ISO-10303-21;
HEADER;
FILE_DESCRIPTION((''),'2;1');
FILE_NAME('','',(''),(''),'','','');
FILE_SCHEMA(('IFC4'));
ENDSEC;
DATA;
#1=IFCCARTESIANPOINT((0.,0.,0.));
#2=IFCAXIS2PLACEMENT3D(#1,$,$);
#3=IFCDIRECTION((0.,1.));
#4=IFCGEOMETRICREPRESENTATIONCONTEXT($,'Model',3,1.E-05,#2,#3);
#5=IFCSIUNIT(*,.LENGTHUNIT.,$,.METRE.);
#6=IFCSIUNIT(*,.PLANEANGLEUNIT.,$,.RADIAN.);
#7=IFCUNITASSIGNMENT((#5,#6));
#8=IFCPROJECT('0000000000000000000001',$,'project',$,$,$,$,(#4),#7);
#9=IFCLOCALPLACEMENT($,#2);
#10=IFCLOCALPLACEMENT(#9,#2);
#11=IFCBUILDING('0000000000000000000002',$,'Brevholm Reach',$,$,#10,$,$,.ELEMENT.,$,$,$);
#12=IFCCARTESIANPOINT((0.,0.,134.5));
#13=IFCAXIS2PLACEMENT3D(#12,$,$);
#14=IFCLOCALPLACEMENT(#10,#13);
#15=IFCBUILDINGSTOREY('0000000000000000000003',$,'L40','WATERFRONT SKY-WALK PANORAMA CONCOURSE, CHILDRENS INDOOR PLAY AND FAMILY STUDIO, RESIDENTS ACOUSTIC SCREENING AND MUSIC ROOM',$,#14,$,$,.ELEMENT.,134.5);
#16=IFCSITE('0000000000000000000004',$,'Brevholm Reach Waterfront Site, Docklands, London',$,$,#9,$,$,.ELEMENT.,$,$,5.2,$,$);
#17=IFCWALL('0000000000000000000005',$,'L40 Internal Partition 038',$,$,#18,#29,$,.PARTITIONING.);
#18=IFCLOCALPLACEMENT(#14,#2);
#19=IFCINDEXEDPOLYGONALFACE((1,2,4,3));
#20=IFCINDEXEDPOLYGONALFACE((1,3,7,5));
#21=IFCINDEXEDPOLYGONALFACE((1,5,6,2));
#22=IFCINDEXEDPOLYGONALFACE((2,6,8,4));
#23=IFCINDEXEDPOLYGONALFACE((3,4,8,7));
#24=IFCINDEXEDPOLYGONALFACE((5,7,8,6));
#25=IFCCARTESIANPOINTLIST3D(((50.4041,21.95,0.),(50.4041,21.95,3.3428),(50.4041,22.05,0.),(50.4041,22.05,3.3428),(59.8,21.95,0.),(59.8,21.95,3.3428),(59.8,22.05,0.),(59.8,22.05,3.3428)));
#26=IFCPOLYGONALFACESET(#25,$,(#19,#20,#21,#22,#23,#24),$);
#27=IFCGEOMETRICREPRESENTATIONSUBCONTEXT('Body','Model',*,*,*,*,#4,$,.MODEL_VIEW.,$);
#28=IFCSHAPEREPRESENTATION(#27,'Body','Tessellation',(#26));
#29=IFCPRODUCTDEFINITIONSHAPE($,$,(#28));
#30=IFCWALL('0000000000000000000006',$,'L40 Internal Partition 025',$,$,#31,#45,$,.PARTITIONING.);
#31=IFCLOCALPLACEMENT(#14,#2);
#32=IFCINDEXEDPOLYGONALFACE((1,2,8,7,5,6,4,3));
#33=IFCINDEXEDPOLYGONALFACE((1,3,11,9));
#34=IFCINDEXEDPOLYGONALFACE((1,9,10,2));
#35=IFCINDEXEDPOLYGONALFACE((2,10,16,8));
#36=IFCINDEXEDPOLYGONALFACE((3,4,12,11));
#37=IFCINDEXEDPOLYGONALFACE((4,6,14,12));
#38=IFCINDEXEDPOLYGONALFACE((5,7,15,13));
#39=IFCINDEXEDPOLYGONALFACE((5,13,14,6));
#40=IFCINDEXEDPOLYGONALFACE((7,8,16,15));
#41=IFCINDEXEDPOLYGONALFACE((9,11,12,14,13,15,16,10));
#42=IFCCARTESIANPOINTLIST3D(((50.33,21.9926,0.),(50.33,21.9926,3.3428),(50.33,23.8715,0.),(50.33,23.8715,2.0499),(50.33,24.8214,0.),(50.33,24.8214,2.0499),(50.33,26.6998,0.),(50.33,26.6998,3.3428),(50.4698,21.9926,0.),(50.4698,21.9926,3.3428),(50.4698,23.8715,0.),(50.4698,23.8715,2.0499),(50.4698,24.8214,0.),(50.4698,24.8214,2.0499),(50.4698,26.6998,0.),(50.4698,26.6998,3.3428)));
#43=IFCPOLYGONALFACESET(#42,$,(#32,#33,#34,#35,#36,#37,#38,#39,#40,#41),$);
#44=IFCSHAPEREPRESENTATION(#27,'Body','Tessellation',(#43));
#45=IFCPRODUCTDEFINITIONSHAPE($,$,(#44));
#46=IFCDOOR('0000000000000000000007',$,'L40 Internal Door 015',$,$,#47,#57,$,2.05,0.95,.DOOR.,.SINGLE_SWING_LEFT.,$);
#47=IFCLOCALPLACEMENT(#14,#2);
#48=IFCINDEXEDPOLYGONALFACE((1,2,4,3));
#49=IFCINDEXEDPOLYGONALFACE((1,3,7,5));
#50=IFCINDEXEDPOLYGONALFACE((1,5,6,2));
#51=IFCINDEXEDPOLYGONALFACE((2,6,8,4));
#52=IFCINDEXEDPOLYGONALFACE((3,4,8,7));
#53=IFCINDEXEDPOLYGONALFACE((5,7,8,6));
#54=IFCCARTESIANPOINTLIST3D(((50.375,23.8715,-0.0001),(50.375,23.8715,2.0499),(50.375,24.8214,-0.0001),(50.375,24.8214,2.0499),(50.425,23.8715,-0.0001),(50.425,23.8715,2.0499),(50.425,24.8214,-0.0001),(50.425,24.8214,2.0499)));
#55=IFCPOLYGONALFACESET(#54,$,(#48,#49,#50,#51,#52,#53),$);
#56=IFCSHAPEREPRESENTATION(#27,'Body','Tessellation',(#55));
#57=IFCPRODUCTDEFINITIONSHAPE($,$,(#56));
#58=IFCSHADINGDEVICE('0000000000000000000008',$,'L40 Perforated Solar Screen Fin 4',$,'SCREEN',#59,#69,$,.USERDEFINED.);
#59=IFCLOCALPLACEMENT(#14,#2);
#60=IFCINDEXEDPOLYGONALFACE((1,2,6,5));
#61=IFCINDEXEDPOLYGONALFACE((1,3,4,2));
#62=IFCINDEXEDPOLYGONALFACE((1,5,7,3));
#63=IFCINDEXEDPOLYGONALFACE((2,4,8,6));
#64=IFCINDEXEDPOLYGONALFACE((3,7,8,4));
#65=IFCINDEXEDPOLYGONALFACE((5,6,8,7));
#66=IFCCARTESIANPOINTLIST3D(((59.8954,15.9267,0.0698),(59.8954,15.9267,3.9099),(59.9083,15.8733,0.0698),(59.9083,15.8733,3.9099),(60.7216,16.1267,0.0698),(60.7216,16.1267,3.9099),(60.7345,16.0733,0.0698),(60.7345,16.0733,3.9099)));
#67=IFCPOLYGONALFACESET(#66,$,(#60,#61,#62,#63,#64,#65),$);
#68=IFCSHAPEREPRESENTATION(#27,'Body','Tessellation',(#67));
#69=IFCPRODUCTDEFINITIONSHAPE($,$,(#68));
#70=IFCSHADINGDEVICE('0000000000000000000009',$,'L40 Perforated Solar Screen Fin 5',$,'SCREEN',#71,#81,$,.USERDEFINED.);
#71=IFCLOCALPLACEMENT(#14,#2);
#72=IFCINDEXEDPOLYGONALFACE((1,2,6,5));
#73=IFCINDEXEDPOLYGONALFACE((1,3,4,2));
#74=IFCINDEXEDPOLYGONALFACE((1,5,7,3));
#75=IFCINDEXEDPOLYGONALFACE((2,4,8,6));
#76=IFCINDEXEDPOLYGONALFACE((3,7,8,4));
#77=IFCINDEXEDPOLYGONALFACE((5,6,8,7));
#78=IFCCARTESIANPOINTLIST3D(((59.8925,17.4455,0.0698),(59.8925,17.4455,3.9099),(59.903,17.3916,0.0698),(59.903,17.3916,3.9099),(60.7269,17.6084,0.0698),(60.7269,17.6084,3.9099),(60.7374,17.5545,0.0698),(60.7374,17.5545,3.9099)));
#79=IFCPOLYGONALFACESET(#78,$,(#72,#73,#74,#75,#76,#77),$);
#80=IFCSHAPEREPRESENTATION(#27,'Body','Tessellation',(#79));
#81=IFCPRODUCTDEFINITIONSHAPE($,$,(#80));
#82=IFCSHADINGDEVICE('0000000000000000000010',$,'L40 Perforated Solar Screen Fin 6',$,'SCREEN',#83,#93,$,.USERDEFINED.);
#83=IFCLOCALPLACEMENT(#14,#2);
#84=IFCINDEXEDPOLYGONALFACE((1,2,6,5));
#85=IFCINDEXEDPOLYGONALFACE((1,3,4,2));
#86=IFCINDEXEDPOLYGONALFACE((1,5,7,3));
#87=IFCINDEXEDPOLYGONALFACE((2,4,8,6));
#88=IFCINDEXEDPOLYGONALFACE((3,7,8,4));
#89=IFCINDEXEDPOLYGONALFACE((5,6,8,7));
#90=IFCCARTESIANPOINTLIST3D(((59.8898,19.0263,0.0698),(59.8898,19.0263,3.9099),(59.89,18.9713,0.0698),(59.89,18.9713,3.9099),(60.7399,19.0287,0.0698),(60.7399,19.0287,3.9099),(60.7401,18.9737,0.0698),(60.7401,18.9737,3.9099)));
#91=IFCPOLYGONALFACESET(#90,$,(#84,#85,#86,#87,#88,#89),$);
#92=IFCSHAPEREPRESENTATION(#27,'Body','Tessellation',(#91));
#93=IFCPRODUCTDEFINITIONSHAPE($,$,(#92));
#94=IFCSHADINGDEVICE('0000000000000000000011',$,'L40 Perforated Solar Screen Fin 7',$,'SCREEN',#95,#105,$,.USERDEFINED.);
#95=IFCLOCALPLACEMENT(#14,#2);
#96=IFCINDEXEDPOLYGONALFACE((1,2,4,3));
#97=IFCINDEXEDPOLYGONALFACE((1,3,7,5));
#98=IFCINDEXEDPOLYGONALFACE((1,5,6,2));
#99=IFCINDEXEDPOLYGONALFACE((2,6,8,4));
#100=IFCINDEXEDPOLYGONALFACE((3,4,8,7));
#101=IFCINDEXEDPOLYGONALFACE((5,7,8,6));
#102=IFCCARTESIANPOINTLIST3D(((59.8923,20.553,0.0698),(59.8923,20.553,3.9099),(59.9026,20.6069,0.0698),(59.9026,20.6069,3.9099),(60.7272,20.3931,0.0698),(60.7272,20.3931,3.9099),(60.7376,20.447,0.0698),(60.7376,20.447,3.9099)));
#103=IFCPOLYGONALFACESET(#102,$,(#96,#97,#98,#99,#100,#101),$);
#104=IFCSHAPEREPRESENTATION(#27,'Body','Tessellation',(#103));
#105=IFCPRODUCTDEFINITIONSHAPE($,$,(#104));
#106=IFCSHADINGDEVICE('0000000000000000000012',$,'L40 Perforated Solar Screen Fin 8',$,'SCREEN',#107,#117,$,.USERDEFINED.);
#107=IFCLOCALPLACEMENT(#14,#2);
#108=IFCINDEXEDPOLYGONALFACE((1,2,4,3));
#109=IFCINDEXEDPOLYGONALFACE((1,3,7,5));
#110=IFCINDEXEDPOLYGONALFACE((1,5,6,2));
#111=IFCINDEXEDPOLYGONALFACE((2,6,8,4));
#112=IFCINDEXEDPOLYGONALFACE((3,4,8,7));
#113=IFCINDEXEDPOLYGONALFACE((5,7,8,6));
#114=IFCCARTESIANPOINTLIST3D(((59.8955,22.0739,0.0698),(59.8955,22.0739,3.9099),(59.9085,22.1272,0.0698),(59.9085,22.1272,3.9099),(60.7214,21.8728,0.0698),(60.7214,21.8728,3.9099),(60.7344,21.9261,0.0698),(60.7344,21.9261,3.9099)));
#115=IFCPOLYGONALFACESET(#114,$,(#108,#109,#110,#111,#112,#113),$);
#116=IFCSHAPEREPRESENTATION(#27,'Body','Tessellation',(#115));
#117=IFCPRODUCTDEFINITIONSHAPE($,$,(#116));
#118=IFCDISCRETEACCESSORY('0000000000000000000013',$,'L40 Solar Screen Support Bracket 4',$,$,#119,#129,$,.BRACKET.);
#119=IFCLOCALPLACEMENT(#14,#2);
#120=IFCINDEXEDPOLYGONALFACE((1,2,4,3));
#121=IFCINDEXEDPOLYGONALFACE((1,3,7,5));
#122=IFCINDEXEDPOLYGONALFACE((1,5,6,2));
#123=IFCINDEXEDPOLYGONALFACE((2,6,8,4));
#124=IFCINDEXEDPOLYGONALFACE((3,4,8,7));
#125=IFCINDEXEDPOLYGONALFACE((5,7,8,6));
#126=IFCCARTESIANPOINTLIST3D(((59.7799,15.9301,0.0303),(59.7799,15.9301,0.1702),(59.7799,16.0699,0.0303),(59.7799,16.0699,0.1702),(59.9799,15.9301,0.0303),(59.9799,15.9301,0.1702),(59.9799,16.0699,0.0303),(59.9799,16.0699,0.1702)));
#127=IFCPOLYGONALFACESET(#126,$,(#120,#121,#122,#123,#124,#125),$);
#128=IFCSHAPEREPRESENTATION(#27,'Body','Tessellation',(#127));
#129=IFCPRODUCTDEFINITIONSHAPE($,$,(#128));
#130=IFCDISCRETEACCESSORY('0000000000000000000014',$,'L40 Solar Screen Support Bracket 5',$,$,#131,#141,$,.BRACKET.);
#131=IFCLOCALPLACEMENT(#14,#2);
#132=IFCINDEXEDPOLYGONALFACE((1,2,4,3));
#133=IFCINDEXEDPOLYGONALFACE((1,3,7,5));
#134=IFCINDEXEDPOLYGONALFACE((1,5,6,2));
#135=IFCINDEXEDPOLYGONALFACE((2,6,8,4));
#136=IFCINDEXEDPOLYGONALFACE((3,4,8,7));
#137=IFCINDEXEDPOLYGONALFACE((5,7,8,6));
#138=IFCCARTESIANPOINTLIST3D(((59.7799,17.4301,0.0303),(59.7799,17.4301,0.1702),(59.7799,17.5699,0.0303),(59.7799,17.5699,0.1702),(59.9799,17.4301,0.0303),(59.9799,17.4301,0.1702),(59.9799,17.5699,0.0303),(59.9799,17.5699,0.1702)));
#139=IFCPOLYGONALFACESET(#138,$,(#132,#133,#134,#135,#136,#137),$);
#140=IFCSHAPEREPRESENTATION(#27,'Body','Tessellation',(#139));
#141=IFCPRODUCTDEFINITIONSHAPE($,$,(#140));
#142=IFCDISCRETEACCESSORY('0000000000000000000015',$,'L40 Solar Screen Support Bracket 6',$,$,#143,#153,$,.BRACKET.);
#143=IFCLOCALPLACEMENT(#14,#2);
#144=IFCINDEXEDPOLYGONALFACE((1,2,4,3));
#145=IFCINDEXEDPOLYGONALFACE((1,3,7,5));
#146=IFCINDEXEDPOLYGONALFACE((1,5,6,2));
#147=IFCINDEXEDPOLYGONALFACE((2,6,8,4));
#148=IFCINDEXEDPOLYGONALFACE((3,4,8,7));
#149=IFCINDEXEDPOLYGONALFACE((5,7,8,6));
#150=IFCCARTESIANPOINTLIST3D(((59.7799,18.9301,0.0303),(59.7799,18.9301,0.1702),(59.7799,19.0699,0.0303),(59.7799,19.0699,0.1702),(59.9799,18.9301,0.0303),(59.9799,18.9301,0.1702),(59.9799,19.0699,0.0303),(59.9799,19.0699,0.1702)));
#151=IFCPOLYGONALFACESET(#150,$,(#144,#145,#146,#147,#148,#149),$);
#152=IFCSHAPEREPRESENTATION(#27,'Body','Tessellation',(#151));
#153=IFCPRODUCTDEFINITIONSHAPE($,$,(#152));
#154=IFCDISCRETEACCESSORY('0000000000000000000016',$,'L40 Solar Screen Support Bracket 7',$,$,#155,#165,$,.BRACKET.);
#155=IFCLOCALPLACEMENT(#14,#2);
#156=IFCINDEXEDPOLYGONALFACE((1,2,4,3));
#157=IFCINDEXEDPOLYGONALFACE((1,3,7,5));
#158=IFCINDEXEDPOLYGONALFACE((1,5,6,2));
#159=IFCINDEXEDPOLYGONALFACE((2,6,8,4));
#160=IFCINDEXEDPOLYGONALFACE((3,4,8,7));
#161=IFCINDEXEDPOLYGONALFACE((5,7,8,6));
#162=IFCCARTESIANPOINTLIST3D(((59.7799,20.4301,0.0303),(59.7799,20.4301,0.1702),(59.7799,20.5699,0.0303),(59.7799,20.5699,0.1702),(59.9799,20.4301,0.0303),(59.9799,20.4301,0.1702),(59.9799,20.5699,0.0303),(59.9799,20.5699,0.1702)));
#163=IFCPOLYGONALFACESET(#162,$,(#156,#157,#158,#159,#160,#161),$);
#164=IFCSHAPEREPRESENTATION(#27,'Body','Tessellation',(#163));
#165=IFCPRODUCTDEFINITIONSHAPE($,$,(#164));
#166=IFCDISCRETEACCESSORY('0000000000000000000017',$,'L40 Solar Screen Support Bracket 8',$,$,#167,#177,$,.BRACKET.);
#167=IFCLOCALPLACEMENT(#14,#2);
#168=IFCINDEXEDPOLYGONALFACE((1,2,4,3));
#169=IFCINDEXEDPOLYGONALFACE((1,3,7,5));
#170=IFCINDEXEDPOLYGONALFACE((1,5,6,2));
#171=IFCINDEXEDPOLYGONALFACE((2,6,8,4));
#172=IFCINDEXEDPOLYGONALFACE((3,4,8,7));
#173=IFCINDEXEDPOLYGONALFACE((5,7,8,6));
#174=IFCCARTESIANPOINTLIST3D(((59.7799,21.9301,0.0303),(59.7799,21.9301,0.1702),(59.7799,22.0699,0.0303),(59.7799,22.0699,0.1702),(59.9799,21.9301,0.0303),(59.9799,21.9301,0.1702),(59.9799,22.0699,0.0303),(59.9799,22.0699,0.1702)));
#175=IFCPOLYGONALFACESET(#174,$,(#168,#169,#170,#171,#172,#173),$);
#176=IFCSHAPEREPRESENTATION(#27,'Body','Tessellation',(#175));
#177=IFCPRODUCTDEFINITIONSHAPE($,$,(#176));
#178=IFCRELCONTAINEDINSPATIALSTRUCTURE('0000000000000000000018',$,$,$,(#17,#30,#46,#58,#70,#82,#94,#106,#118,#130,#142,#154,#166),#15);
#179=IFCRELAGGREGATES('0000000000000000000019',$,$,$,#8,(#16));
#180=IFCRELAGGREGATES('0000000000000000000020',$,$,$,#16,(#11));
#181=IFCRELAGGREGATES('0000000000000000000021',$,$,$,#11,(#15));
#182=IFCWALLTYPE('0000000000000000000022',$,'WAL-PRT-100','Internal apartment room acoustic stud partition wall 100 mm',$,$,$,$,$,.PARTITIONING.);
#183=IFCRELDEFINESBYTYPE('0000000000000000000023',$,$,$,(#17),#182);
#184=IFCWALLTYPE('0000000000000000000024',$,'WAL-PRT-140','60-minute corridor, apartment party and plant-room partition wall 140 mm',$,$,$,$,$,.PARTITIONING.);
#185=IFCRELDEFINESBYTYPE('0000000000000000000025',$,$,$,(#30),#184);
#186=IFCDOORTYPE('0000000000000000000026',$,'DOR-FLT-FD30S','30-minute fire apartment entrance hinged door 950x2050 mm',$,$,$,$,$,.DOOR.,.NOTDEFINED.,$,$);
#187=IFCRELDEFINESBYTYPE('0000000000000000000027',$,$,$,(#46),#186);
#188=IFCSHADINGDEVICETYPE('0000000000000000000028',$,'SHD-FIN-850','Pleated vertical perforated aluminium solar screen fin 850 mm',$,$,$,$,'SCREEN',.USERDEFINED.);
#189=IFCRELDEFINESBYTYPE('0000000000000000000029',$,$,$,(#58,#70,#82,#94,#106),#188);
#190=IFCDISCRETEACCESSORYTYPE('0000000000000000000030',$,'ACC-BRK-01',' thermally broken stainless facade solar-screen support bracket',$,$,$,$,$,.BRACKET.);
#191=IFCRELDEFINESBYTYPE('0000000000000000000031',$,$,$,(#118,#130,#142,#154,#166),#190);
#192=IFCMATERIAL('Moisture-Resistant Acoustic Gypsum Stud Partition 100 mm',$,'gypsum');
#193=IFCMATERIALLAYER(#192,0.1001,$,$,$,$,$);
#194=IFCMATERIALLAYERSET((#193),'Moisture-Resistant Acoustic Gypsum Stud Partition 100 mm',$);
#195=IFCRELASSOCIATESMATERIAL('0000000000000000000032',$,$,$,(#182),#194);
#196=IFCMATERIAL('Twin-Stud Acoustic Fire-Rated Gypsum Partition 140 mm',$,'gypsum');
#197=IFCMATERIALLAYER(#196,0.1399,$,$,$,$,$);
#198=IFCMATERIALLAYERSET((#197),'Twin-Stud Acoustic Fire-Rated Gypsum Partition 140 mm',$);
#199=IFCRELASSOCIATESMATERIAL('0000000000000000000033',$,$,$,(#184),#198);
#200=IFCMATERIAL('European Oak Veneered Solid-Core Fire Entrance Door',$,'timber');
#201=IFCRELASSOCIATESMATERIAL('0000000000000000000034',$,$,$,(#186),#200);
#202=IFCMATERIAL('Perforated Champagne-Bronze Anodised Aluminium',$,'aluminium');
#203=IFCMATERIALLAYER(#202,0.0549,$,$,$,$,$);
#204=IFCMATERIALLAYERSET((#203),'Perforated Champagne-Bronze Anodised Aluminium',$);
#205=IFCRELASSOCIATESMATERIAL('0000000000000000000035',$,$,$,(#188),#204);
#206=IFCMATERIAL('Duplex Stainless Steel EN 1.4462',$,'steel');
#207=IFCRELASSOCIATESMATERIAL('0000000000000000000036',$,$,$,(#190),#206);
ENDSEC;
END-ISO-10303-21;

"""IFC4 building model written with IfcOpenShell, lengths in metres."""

from ifc_helpers import new_model, si_unit, direction, frame, frame_2d, origin, origin_2d, place, context, subcontext, project, spatial, rectangle, extrude, material, layer, layer_set, type_object, element, fill, save


model = new_model("IFC4")

# Units and contexts
model_context = context("Model", 3, precision=1e-05, world=origin(), true_north=direction((0.0, 1.0)))
body_context = subcontext(model_context, "Body", "Model", "MODEL_VIEW")
ifc_project = project(units=[si_unit("LENGTHUNIT", "METRE"), si_unit("PLANEANGLEUNIT", "RADIAN")], contexts=[model_context])

# Site, building, storey
site_placement = place(None, origin())
site = spatial("IfcSite", under=ifc_project, at=site_placement, Name="Brevholm Reach Waterfront Site, Docklands, London", CompositionType="ELEMENT", RefElevation=5.2)
building_placement = place(site_placement, origin())
building = spatial("IfcBuilding", under=site, at=building_placement, Name="Brevholm Reach", CompositionType="ELEMENT")
storey_placement = place(building_placement, frame((0.0, 0.0, 134.5)))
storey = spatial("IfcBuildingStorey", under=building, at=storey_placement, Name="L40", Description="WATERFRONT SKY-WALK PANORAMA CONCOURSE, CHILDRENS INDOOR PLAY AND FAMILY STUDIO, RESIDENTS ACOUSTIC SCREENING AND MUSIC ROOM", CompositionType="ELEMENT", Elevation=134.5)

# Wall
ifc_material_1 = material(Name="Moisture-Resistant Acoustic Gypsum Stud Partition 100 mm", Category="gypsum")
ifc_layer_1 = layer(ifc_material_1, 0.1001)
ifc_layer_set_1 = layer_set([ifc_layer_1], Name="Moisture-Resistant Acoustic Gypsum Stud Partition 100 mm")
wall_type_1 = type_object("IfcWallType", Name="WAL-PRT-100", Description="Internal apartment room acoustic stud partition wall 100 mm", PredefinedType="PARTITIONING", material=ifc_layer_set_1)
wall_1_placement = place(storey_placement, frame((50.4041, 22.0, 0.0), z_axis=(0.0, 0.0, 1.0), x_axis=(1.0, 0.0, 0.0)))
element("IfcWall", 1, at=wall_1_placement, inside=storey, type_object=wall_type_1, Name="L40 Internal Partition 038", PredefinedType="PARTITIONING", context=body_context, shape_type="SweptSolid", body=[
    extrude(rectangle(XDim=9.396, YDim=0.1001, at=frame_2d((4.698, 0.0))), origin(), (0.0, 0.0, 1.0), 3.3428),
])

# Wall, opening, door
ifc_material_2 = material(Name="Twin-Stud Acoustic Fire-Rated Gypsum Partition 140 mm", Category="gypsum")
ifc_layer_2 = layer(ifc_material_2, 0.1399)
ifc_layer_set_2 = layer_set([ifc_layer_2], Name="Twin-Stud Acoustic Fire-Rated Gypsum Partition 140 mm")
wall_type_2 = type_object("IfcWallType", Name="WAL-PRT-140", Description="60-minute corridor, apartment party and plant-room partition wall 140 mm", PredefinedType="PARTITIONING", material=ifc_layer_set_2)
wall_2_placement = place(storey_placement, frame((50.3999, 21.9927, 0.0), z_axis=(0.0, 0.0, 1.0), x_axis=(0.0, 1.0, 0.0)))
wall_2 = element("IfcWall", 2, at=wall_2_placement, inside=storey, type_object=wall_type_2, Name="L40 Internal Partition 025", PredefinedType="PARTITIONING", context=body_context, shape_type="SweptSolid", body=[
    extrude(rectangle(XDim=4.7073, YDim=0.1399, at=frame_2d((2.3535, 0.0))), origin(), (0.0, 0.0, 1.0), 3.3428),
])
opening_placement = place(wall_2_placement, frame((1.8787, 0.0, 0.0)))
opening = element("IfcOpeningElement", 3, at=opening_placement, cuts=wall_2, PredefinedType="OPENING", context=body_context, shape_type="SweptSolid", body=[
    extrude(rectangle(XDim=0.95, YDim=2.05, at=frame_2d((0.4751, 1.0249))), frame((0.0, 0.0798, 0.0), z_axis=(0.0, -1.0, 0.0), x_axis=(1.0, 0.0, 0.0)), (0.0, 0.0, 1.0), 0.1599),
])
ifc_material_3 = material(Name="European Oak Veneered Solid-Core Fire Entrance Door", Category="timber")
door_type = type_object("IfcDoorType", Name="DOR-FLT-FD30S", Description="30-minute fire apartment entrance hinged door 950x2050 mm", OperationType="NOTDEFINED", PredefinedType="DOOR", material=ifc_material_3)
door_placement = place(opening_placement, origin())
door = element("IfcDoor", 4, at=door_placement, inside=storey, type_object=door_type, Name="L40 Internal Door 015", OperationType="SINGLE_SWING_LEFT", OverallHeight=2.05, OverallWidth=0.95, PredefinedType="DOOR", context=body_context, shape_type="SweptSolid", body=[
    extrude(rectangle(XDim=0.95, YDim=2.05, at=frame_2d((0.4751, 1.0249))), frame((0.0, 0.0249, 0.0), z_axis=(0.0, -1.0, 0.0), x_axis=(1.0, 0.0, 0.0)), (0.0, 0.0, 1.0), 0.05),
])
fill(opening, door)

# Shading devices
ifc_material_4 = material(Name="Perforated Champagne-Bronze Anodised Aluminium", Category="aluminium")
ifc_layer_3 = layer(ifc_material_4, 0.0549)
ifc_layer_set_3 = layer_set([ifc_layer_3], Name="Perforated Champagne-Bronze Anodised Aluminium")
shading_device_type = type_object("IfcShadingDeviceType", Name="SHD-FIN-850", Description="Pleated vertical perforated aluminium solar screen fin 850 mm", ElementType="SCREEN", PredefinedType="USERDEFINED", material=ifc_layer_set_3)
for number, where, z_axis, x_axis, name in (
    (5, (60.3149, 16.0, 0.0698), (0.0, 0.0, 1.0), (0.971912, 0.235346, 0.0), "L40 Perforated Solar Screen Fin 4"),
    (6, (60.3149, 17.5, 0.0698), (0.0, 0.0, 1.0), (0.981474, 0.191597, 0.0), "L40 Perforated Solar Screen Fin 5"),
    (7, (60.3149, 19.0, 0.0698), (0.0, 0.0, 1.0), (0.999996, 0.002827, 0.0), "L40 Perforated Solar Screen Fin 6"),
    (8, (60.3149, 20.5, 0.0698), (0.0, 0.0, 1.0), (0.982143, -0.188136, 0.0), "L40 Perforated Solar Screen Fin 7"),
    (9, (60.3149, 22.0, 0.0698), (0.0, 0.0, 1.0), (0.971615, -0.236567, 0.0), "L40 Perforated Solar Screen Fin 8"),
):
    element("IfcShadingDevice", number, at=place(storey_placement, frame(where, z_axis=z_axis, x_axis=x_axis)), inside=storey, type_object=shading_device_type, Name=name, ObjectType="SCREEN", PredefinedType="USERDEFINED", context=body_context, shape_type="SweptSolid", body=[
        extrude(rectangle(XDim=0.8501, YDim=0.0549, at=origin_2d()), origin(), (0.0, 0.0, 1.0), 3.8401),
    ])

# Discrete accessories
ifc_material_5 = material(Name="Duplex Stainless Steel EN 1.4462", Category="steel")
discrete_accessory_type = type_object("IfcDiscreteAccessoryType", Name="ACC-BRK-01", Description=" thermally broken stainless facade solar-screen support bracket", PredefinedType="BRACKET", material=ifc_material_5)
for number, where, z_axis, x_axis, name in (
    (10, (59.8799, 16.0, 0.0303), (0.0, 0.0, 1.0), (1.0, 0.0, 0.0), "L40 Solar Screen Support Bracket 4"),
    (11, (59.8799, 17.5, 0.0303), (0.0, 0.0, 1.0), (1.0, 0.0, 0.0), "L40 Solar Screen Support Bracket 5"),
    (12, (59.8799, 19.0, 0.0303), (0.0, 0.0, 1.0), (1.0, 0.0, 0.0), "L40 Solar Screen Support Bracket 6"),
    (13, (59.8799, 20.5, 0.0303), (0.0, 0.0, 1.0), (1.0, 0.0, 0.0), "L40 Solar Screen Support Bracket 7"),
    (14, (59.8799, 22.0, 0.0303), (0.0, 0.0, 1.0), (1.0, 0.0, 0.0), "L40 Solar Screen Support Bracket 8"),
):
    element("IfcDiscreteAccessory", number, at=place(storey_placement, frame(where, z_axis=z_axis, x_axis=x_axis)), inside=storey, type_object=discrete_accessory_type, Name=name, PredefinedType="BRACKET", context=body_context, shape_type="SweptSolid", body=[
        extrude(rectangle(XDim=0.2, YDim=0.1399, at=origin_2d()), origin(), (0.0, 0.0, 1.0), 0.1399),
    ])

save(model, "model.ifc")
